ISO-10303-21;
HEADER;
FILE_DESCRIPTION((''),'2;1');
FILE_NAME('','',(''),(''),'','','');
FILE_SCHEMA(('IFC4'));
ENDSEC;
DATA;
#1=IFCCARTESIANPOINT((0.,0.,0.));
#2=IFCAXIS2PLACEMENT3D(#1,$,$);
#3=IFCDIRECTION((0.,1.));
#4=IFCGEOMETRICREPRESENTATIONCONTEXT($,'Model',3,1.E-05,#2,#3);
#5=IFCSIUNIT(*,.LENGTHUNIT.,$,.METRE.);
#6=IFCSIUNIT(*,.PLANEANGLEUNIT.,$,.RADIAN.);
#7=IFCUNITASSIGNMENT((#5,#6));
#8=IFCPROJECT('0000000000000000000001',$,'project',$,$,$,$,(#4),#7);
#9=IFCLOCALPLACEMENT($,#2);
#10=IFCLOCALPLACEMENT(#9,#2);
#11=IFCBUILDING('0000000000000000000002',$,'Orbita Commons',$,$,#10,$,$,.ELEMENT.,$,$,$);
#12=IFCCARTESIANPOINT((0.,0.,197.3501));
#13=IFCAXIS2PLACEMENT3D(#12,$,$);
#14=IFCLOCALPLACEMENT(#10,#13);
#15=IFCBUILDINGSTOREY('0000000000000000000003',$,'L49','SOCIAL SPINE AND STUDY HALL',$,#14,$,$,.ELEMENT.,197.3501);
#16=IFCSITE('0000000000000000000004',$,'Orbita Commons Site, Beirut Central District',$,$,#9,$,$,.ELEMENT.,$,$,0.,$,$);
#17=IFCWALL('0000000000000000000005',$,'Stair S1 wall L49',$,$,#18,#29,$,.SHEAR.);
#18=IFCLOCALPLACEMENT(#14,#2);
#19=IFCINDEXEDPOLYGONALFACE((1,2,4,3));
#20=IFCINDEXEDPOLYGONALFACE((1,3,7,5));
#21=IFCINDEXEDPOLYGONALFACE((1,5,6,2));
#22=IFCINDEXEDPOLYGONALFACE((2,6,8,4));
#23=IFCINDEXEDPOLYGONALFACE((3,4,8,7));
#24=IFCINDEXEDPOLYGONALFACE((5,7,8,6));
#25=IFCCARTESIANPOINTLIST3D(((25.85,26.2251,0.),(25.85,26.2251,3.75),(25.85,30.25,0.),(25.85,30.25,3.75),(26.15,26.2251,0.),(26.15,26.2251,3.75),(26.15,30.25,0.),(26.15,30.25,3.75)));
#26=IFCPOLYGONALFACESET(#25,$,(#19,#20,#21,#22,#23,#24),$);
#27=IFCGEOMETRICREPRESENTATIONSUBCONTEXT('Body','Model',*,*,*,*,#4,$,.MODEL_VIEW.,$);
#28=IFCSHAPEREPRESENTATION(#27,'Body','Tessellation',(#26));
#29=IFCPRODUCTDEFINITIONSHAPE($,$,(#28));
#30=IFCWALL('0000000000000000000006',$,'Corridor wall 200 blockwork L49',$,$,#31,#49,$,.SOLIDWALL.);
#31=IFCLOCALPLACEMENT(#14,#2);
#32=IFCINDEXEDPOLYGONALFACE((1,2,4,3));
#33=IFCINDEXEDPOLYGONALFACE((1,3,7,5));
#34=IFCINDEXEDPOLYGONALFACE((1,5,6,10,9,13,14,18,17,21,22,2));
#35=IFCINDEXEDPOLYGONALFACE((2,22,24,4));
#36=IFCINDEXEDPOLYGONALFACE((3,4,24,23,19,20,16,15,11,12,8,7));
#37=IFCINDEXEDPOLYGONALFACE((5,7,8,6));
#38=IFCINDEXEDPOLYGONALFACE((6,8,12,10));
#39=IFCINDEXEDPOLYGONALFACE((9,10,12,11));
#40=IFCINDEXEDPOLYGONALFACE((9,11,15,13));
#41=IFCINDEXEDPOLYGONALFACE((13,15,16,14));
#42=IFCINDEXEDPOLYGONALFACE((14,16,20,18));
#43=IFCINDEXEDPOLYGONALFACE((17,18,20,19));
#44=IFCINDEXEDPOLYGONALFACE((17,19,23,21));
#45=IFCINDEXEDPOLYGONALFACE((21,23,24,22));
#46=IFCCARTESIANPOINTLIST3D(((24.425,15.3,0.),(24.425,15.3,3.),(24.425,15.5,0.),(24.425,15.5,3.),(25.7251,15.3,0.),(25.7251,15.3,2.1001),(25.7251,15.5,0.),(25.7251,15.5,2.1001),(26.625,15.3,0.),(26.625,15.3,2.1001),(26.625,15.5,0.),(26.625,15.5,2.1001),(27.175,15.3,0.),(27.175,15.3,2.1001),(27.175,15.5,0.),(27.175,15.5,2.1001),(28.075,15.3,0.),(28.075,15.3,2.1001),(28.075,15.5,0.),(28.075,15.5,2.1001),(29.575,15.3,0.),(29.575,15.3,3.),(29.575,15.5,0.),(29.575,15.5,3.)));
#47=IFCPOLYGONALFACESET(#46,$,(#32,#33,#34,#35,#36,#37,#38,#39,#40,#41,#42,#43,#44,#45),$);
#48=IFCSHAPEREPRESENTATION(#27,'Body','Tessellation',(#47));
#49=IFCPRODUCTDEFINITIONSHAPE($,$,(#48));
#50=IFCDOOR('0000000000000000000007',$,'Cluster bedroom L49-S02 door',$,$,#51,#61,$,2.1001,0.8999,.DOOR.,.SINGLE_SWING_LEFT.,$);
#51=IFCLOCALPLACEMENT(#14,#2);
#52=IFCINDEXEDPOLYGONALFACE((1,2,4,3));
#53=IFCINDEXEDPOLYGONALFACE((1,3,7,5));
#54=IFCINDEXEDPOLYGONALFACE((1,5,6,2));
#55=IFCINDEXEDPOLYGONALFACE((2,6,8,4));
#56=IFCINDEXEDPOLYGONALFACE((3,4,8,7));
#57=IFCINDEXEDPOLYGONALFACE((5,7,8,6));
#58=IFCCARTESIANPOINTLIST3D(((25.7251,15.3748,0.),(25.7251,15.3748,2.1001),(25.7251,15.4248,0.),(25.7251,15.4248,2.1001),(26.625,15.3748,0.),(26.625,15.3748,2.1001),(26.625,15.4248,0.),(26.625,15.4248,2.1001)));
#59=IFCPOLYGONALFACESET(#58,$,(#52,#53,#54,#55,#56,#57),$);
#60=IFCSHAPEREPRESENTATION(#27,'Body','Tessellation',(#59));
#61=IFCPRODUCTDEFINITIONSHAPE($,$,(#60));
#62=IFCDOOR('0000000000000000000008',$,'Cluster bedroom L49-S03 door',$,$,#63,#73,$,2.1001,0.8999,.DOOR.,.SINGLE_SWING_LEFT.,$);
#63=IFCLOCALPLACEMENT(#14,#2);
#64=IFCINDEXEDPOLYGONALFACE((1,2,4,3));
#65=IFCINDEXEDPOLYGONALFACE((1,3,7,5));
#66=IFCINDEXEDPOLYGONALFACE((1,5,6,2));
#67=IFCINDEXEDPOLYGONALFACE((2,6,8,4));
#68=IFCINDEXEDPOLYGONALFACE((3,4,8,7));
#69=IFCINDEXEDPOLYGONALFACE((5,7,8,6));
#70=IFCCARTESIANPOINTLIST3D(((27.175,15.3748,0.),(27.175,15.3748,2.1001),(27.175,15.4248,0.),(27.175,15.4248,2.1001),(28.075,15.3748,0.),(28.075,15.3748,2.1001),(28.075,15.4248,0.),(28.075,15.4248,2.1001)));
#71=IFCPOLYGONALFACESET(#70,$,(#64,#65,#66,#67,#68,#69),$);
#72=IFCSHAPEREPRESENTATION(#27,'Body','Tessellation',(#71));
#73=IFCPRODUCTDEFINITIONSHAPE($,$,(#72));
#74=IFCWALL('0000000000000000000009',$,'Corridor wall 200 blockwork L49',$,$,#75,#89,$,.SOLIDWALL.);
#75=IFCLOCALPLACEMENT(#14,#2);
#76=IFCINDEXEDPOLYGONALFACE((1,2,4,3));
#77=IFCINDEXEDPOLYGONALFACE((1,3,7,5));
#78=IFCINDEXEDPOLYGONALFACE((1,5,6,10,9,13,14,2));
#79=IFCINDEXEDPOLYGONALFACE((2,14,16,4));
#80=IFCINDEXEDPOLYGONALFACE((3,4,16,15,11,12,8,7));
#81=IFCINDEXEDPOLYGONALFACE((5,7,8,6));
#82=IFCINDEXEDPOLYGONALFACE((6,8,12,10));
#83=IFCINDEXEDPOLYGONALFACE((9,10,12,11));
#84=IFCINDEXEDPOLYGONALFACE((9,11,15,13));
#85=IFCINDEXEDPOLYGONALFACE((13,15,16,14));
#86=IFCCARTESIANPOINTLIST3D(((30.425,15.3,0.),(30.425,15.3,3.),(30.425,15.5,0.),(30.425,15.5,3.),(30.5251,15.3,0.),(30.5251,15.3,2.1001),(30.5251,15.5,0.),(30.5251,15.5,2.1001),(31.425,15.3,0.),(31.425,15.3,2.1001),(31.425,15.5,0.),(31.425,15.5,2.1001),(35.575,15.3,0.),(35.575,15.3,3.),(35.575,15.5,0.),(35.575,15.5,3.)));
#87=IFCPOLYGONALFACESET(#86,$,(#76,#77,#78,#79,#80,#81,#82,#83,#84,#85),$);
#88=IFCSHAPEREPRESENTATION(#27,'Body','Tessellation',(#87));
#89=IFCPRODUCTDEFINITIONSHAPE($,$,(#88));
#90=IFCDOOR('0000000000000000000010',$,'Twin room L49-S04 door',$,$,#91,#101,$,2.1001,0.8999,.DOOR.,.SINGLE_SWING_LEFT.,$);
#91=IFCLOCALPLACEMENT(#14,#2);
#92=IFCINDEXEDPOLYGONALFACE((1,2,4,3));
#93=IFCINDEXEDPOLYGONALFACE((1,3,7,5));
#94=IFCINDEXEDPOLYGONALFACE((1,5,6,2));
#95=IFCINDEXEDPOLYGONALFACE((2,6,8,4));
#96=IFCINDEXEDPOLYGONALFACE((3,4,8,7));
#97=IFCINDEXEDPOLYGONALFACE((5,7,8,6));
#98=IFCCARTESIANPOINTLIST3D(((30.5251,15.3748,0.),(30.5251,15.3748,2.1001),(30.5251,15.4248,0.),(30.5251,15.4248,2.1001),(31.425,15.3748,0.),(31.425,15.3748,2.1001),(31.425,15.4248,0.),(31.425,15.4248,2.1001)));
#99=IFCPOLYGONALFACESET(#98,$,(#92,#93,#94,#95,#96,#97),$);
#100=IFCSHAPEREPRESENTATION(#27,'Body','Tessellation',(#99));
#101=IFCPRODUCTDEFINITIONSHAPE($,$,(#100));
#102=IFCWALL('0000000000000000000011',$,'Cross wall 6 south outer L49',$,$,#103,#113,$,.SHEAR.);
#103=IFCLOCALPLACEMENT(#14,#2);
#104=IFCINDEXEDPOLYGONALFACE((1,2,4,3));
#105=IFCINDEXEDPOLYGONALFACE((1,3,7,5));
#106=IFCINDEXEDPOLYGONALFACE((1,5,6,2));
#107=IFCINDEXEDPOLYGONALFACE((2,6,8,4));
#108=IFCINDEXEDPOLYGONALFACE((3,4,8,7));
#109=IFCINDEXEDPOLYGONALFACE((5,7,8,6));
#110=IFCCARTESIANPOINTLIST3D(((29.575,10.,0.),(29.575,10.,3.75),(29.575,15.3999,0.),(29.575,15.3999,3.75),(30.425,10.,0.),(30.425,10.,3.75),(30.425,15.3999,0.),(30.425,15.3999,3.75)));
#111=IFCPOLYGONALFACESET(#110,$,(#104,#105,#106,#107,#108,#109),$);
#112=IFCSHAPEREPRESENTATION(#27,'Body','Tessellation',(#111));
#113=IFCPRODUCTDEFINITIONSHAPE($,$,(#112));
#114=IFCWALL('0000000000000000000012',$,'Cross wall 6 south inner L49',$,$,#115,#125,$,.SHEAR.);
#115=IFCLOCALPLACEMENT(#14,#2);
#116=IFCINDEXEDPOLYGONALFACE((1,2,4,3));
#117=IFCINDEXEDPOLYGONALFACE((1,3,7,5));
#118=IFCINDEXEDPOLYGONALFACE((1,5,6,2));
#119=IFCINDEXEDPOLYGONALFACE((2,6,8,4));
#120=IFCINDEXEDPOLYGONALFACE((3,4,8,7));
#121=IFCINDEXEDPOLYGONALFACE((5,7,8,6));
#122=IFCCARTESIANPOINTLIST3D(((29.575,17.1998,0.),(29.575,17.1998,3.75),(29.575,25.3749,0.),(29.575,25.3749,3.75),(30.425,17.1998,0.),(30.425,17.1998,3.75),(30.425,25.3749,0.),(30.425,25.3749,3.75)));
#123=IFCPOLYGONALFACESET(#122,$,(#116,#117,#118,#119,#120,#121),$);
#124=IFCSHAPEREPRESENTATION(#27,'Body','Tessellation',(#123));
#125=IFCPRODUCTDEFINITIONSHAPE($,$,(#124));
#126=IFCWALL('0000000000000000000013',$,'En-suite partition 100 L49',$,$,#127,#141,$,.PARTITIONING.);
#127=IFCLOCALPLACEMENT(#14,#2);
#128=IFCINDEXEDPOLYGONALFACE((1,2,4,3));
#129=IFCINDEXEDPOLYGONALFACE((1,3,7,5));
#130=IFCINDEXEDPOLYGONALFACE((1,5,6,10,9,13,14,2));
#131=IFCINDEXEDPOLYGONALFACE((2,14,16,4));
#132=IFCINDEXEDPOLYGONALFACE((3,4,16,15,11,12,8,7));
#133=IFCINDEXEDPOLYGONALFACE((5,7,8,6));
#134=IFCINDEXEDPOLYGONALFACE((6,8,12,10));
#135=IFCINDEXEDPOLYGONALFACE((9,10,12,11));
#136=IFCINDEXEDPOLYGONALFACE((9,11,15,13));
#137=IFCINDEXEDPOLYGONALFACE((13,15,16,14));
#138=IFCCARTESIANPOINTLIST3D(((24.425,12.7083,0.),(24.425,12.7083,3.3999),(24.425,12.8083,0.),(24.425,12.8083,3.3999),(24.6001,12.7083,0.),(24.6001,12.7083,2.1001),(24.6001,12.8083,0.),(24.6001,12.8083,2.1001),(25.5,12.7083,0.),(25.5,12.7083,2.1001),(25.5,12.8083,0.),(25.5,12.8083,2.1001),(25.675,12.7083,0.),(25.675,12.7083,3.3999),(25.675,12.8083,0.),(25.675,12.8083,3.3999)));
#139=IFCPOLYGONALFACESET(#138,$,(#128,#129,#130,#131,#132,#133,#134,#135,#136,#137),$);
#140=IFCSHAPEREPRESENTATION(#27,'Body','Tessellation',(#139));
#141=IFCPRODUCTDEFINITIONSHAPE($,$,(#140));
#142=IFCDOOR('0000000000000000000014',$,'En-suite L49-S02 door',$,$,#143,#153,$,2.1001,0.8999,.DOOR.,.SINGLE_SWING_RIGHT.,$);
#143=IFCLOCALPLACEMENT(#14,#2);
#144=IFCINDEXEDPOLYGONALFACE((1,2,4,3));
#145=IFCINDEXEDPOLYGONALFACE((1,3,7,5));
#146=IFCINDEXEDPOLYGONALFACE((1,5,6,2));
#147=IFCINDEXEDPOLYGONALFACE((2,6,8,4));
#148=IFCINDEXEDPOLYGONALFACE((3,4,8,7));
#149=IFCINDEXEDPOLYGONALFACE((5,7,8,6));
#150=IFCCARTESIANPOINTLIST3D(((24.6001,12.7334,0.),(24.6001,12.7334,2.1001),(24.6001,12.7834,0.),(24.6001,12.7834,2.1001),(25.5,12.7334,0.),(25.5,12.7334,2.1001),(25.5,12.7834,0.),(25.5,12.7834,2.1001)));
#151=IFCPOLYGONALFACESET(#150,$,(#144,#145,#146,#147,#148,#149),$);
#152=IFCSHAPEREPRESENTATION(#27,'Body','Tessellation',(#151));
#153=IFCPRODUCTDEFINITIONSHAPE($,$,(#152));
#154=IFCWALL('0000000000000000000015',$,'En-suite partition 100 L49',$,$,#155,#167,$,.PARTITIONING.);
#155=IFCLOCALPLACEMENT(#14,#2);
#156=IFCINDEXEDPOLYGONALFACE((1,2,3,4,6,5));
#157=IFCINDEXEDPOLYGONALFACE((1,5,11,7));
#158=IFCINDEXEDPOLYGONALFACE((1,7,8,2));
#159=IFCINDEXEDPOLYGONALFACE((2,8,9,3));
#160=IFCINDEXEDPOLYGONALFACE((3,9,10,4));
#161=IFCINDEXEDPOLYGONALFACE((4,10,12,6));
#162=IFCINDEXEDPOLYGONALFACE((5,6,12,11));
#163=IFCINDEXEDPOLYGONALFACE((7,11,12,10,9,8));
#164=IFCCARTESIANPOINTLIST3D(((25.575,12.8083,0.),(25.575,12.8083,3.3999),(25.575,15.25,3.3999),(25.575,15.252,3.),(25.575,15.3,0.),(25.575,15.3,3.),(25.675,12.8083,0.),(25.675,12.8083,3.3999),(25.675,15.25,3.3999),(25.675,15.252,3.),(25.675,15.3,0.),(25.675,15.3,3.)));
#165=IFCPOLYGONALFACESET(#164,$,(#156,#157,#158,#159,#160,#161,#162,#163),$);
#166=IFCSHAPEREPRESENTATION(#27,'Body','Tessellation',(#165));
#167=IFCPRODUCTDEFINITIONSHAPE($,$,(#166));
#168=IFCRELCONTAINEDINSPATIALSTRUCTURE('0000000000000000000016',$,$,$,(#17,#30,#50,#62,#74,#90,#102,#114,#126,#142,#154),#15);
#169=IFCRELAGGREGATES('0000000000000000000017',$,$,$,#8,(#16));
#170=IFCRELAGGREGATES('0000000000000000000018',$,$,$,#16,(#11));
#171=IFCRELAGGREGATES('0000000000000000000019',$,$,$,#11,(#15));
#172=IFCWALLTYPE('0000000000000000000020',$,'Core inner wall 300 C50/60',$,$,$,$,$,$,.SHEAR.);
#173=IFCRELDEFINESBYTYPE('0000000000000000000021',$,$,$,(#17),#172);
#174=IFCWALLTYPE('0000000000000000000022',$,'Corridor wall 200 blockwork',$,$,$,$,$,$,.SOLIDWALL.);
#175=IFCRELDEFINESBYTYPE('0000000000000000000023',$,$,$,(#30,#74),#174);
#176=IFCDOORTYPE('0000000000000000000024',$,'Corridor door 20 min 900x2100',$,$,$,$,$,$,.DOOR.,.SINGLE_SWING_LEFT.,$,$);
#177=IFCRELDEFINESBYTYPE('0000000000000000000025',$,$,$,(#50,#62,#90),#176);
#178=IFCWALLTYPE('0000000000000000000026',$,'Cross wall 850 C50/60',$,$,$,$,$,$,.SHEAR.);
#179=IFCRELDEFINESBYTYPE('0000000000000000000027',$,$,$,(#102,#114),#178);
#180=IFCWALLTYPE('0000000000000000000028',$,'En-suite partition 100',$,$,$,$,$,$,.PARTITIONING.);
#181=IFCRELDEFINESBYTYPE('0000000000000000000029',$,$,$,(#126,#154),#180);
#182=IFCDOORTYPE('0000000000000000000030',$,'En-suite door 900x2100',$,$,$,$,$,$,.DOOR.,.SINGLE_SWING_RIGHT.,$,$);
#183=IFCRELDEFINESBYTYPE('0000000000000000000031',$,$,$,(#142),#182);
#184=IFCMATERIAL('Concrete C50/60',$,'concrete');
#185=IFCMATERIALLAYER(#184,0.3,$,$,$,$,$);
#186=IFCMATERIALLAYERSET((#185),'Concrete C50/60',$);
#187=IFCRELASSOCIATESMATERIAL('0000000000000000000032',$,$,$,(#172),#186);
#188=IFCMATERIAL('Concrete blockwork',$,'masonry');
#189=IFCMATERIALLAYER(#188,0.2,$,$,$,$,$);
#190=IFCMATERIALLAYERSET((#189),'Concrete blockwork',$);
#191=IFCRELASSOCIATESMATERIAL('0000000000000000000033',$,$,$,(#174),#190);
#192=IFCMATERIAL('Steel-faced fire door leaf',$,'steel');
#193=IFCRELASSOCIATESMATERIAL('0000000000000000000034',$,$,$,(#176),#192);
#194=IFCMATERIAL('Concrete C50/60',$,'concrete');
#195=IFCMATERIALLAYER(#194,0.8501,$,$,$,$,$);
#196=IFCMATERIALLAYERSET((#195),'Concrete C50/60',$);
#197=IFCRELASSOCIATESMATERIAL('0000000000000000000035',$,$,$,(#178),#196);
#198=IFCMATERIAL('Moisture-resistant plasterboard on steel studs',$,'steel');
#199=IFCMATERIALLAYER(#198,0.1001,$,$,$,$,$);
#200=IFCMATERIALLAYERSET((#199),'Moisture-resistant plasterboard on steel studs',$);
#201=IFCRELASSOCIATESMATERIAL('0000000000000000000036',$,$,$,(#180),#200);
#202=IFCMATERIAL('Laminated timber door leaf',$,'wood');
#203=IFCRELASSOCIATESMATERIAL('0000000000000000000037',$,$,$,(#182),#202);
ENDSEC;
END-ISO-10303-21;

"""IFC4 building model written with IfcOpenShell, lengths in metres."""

from ifc_helpers import new_model, si_unit, direction, frame, frame_2d, origin, place, context, subcontext, project, spatial, polyline, rectangle, outline, extrude, material, layer, layer_set, type_object, element, fill, save


model = new_model("IFC4")

# Units and contexts
model_context = context("Model", 3, precision=1e-05, world=origin(), true_north=direction((0.0, 1.0)))
body_context = subcontext(model_context, "Body", "Model", "MODEL_VIEW")
ifc_project = project(units=[si_unit("LENGTHUNIT", "METRE"), si_unit("PLANEANGLEUNIT", "RADIAN")], contexts=[model_context])

# Site, building, storey
site_placement = place(None, origin())
site = spatial("IfcSite", under=ifc_project, at=site_placement, Name="Orbita Commons Site, Beirut Central District", CompositionType="ELEMENT", RefElevation=0.0)
building_placement = place(site_placement, origin())
building = spatial("IfcBuilding", under=site, at=building_placement, Name="Orbita Commons", CompositionType="ELEMENT")
storey_placement = place(building_placement, frame((0.0, 0.0, 197.3501)))
storey = spatial("IfcBuildingStorey", under=building, at=storey_placement, Name="L49", Description="SOCIAL SPINE AND STUDY HALL", CompositionType="ELEMENT", Elevation=197.3501)

# Wall
ifc_material_1 = material(Name="Concrete C50/60", Category="concrete")
ifc_layer_1 = layer(ifc_material_1, 0.3)
ifc_layer_set_1 = layer_set([ifc_layer_1], Name="Concrete C50/60")
wall_type_1 = type_object("IfcWallType", Name="Core inner wall 300 C50/60", PredefinedType="SHEAR", material=ifc_layer_set_1)
wall_1_placement = place(storey_placement, frame((26.0, 26.2251, 0.0), z_axis=(0.0, 0.0, 1.0), x_axis=(0.0, 1.0, 0.0)))
element("IfcWall", 1, at=wall_1_placement, inside=storey, type_object=wall_type_1, Name="Stair S1 wall L49", PredefinedType="SHEAR", context=body_context, shape_type="SweptSolid", body=[
    extrude(rectangle(XDim=4.0249, YDim=0.3, at=frame_2d((2.0125, 0.0))), origin(), (0.0, 0.0, 1.0), 3.75),
])

# Wall, openings, doors
ifc_material_2 = material(Name="Concrete blockwork", Category="masonry")
ifc_layer_2 = layer(ifc_material_2, 0.2)
ifc_layer_set_2 = layer_set([ifc_layer_2], Name="Concrete blockwork")
wall_type_2 = type_object("IfcWallType", Name="Corridor wall 200 blockwork", PredefinedType="SOLIDWALL", material=ifc_layer_set_2)
wall_2_placement = place(storey_placement, frame((24.425, 15.3999, 0.0), z_axis=(0.0, 0.0, 1.0), x_axis=(1.0, 0.0, 0.0)))
wall_2 = element("IfcWall", 2, at=wall_2_placement, inside=storey, type_object=wall_type_2, Name="Corridor wall 200 blockwork L49", PredefinedType="SOLIDWALL", context=body_context, shape_type="SweptSolid", body=[
    extrude(outline(polyline([(0.0, 0.0), (5.1499, 0.0), (5.1499, 3.0), (0.0, 3.0), (0.0, 0.0)])), frame((0.0, 0.1001, 0.0), z_axis=(0.0, -1.0, 0.0), x_axis=(1.0, 0.0, 0.0)), (0.0, 0.0, 1.0), 0.2),
])
opening_1_placement = place(wall_2_placement, frame((1.3, 0.0, 0.0)))
opening_1 = element("IfcOpeningElement", 3, at=opening_1_placement, cuts=wall_2, PredefinedType="OPENING", context=body_context, shape_type="SweptSolid", body=[
    extrude(rectangle(XDim=0.8999, YDim=2.1001, at=frame_2d((0.45, 1.05))), frame((0.0, 0.1099, 0.0), z_axis=(0.0, -1.0, 0.0), x_axis=(1.0, 0.0, 0.0)), (0.0, 0.0, 1.0), 0.22),
])
opening_2_placement = place(wall_2_placement, frame((2.75, 0.0, 0.0)))
opening_2 = element("IfcOpeningElement", 4, at=opening_2_placement, cuts=wall_2, PredefinedType="OPENING", context=body_context, shape_type="SweptSolid", body=[
    extrude(rectangle(XDim=0.8999, YDim=2.1001, at=frame_2d((0.45, 1.05))), frame((0.0, 0.1099, 0.0), z_axis=(0.0, -1.0, 0.0), x_axis=(1.0, 0.0, 0.0)), (0.0, 0.0, 1.0), 0.22),
])
ifc_material_3 = material(Name="Steel-faced fire door leaf", Category="steel")
door_type_1 = type_object("IfcDoorType", Name="Corridor door 20 min 900x2100", OperationType="SINGLE_SWING_LEFT", PredefinedType="DOOR", material=ifc_material_3)
door_1_placement = place(opening_1_placement, origin())
door_1 = element("IfcDoor", 5, at=door_1_placement, inside=storey, type_object=door_type_1, Name="Cluster bedroom L49-S02 door", OperationType="SINGLE_SWING_LEFT", OverallHeight=2.1001, OverallWidth=0.8999, PredefinedType="DOOR", context=body_context, shape_type="SweptSolid", body=[
    extrude(rectangle(XDim=0.8999, YDim=2.1001, at=frame_2d((0.45, 1.05))), frame((0.0, 0.0249, 0.0), z_axis=(0.0, -1.0, 0.0), x_axis=(1.0, 0.0, 0.0)), (0.0, 0.0, 1.0), 0.05),
])
fill(opening_1, door_1)
door_2_placement = place(opening_2_placement, origin())
door_2 = element("IfcDoor", 6, at=door_2_placement, inside=storey, type_object=door_type_1, Name="Cluster bedroom L49-S03 door", OperationType="SINGLE_SWING_LEFT", OverallHeight=2.1001, OverallWidth=0.8999, PredefinedType="DOOR", context=body_context, shape_type="SweptSolid", body=[
    extrude(rectangle(XDim=0.8999, YDim=2.1001, at=frame_2d((0.45, 1.05))), frame((0.0, 0.0249, 0.0), z_axis=(0.0, -1.0, 0.0), x_axis=(1.0, 0.0, 0.0)), (0.0, 0.0, 1.0), 0.05),
])
fill(opening_2, door_2)

# Wall, opening, door
wall_3_placement = place(storey_placement, frame((30.425, 15.3999, 0.0), z_axis=(0.0, 0.0, 1.0), x_axis=(1.0, 0.0, 0.0)))
wall_3 = element("IfcWall", 7, at=wall_3_placement, inside=storey, type_object=wall_type_2, Name="Corridor wall 200 blockwork L49", PredefinedType="SOLIDWALL", context=body_context, shape_type="SweptSolid", body=[
    extrude(outline(polyline([(0.0, 0.0), (5.1499, 0.0), (5.1499, 3.0), (0.0, 3.0), (0.0, 0.0)])), frame((0.0, 0.1001, 0.0), z_axis=(0.0, -1.0, 0.0), x_axis=(1.0, 0.0, 0.0)), (0.0, 0.0, 1.0), 0.2),
])
opening_3_placement = place(wall_3_placement, frame((0.1001, 0.0, 0.0)))
opening_3 = element("IfcOpeningElement", 8, at=opening_3_placement, cuts=wall_3, PredefinedType="OPENING", context=body_context, shape_type="SweptSolid", body=[
    extrude(rectangle(XDim=0.8999, YDim=2.1001, at=frame_2d((0.45, 1.05))), frame((0.0, 0.1099, 0.0), z_axis=(0.0, -1.0, 0.0), x_axis=(1.0, 0.0, 0.0)), (0.0, 0.0, 1.0), 0.22),
])
door_3_placement = place(opening_3_placement, origin())
door_3 = element("IfcDoor", 9, at=door_3_placement, inside=storey, type_object=door_type_1, Name="Twin room L49-S04 door", OperationType="SINGLE_SWING_LEFT", OverallHeight=2.1001, OverallWidth=0.8999, PredefinedType="DOOR", context=body_context, shape_type="SweptSolid", body=[
    extrude(rectangle(XDim=0.8999, YDim=2.1001, at=frame_2d((0.45, 1.05))), frame((0.0, 0.0249, 0.0), z_axis=(0.0, -1.0, 0.0), x_axis=(1.0, 0.0, 0.0)), (0.0, 0.0, 1.0), 0.05),
])
fill(opening_3, door_3)

# Walls
ifc_material_4 = material(Name="Concrete C50/60", Category="concrete")
ifc_layer_3 = layer(ifc_material_4, 0.8501)
ifc_layer_set_3 = layer_set([ifc_layer_3], Name="Concrete C50/60")
wall_type_3 = type_object("IfcWallType", Name="Cross wall 850 C50/60", PredefinedType="SHEAR", material=ifc_layer_set_3)
wall_4_placement = place(storey_placement, frame((30.0, 10.0, 0.0), z_axis=(0.0, 0.0, 1.0), x_axis=(0.0, 1.0, 0.0)))
element("IfcWall", 10, at=wall_4_placement, inside=storey, type_object=wall_type_3, Name="Cross wall 6 south outer L49", PredefinedType="SHEAR", context=body_context, shape_type="SweptSolid", body=[
    extrude(rectangle(XDim=5.3999, YDim=0.8501, at=frame_2d((2.7, 0.0))), origin(), (0.0, 0.0, 1.0), 3.75),
])
wall_5_placement = place(storey_placement, frame((30.0, 17.2, 0.0), z_axis=(0.0, 0.0, 1.0), x_axis=(0.0, 1.0, 0.0)))
element("IfcWall", 11, at=wall_5_placement, inside=storey, type_object=wall_type_3, Name="Cross wall 6 south inner L49", PredefinedType="SHEAR", context=body_context, shape_type="SweptSolid", body=[
    extrude(rectangle(XDim=8.175, YDim=0.8501, at=frame_2d((4.0874, 0.0))), origin(), (0.0, 0.0, 1.0), 3.75),
])

# Wall, opening, door
ifc_material_5 = material(Name="Moisture-resistant plasterboard on steel studs", Category="steel")
ifc_layer_4 = layer(ifc_material_5, 0.1001)
ifc_layer_set_4 = layer_set([ifc_layer_4], Name="Moisture-resistant plasterboard on steel studs")
wall_type_4 = type_object("IfcWallType", Name="En-suite partition 100", PredefinedType="PARTITIONING", material=ifc_layer_set_4)
wall_6_placement = place(storey_placement, frame((25.675, 12.7583, 0.0), z_axis=(0.0, 0.0, 1.0), x_axis=(-1.0, 0.0, 0.0)))
wall_6 = element("IfcWall", 12, at=wall_6_placement, inside=storey, type_object=wall_type_4, Name="En-suite partition 100 L49", PredefinedType="PARTITIONING", context=body_context, shape_type="SweptSolid", body=[
    extrude(rectangle(XDim=1.25, YDim=0.1001, at=frame_2d((0.625, 0.0))), origin(), (0.0, 0.0, 1.0), 3.3999),
])
opening_4_placement = place(wall_6_placement, frame((0.175, 0.0, 0.0)))
opening_4 = element("IfcOpeningElement", 13, at=opening_4_placement, cuts=wall_6, PredefinedType="OPENING", context=body_context, shape_type="SweptSolid", body=[
    extrude(rectangle(XDim=0.8999, YDim=2.1001, at=frame_2d((0.45, 1.05))), frame((0.0, 0.0601, 0.0), z_axis=(0.0, -1.0, 0.0), x_axis=(1.0, 0.0, 0.0)), (0.0, 0.0, 1.0), 0.1201),
])
ifc_material_6 = material(Name="Laminated timber door leaf", Category="wood")
door_type_2 = type_object("IfcDoorType", Name="En-suite door 900x2100", OperationType="SINGLE_SWING_RIGHT", PredefinedType="DOOR", material=ifc_material_6)
door_4_placement = place(opening_4_placement, origin())
door_4 = element("IfcDoor", 14, at=door_4_placement, inside=storey, type_object=door_type_2, Name="En-suite L49-S02 door", OperationType="SINGLE_SWING_RIGHT", OverallHeight=2.1001, OverallWidth=0.8999, PredefinedType="DOOR", context=body_context, shape_type="SweptSolid", body=[
    extrude(rectangle(XDim=0.8999, YDim=2.1001, at=frame_2d((0.45, 1.05))), frame((0.0, 0.0249, 0.0), z_axis=(0.0, -1.0, 0.0), x_axis=(1.0, 0.0, 0.0)), (0.0, 0.0, 1.0), 0.05),
])
fill(opening_4, door_4)

# Wall
wall_7_placement = place(storey_placement, frame((25.625, 12.8083, 0.0), z_axis=(0.0, 0.0, 1.0), x_axis=(0.0, 1.0, 0.0)))
element("IfcWall", 15, at=wall_7_placement, inside=storey, type_object=wall_type_4, Name="En-suite partition 100 L49", PredefinedType="PARTITIONING", context=body_context, shape_type="SweptSolid", body=[
    extrude(outline(polyline([(0.0, 0.0), (2.4917, 0.0), (2.4917, 3.0), (2.4436, 3.0), (2.4417, 3.3999), (0.0, 3.3999), (0.0, 0.0)])), frame((0.0, 0.05, 0.0), z_axis=(0.0, -1.0, 0.0), x_axis=(1.0, 0.0, 0.0)), (0.0, 0.0, 1.0), 0.1001),
])

save(model, "model.ifc")
